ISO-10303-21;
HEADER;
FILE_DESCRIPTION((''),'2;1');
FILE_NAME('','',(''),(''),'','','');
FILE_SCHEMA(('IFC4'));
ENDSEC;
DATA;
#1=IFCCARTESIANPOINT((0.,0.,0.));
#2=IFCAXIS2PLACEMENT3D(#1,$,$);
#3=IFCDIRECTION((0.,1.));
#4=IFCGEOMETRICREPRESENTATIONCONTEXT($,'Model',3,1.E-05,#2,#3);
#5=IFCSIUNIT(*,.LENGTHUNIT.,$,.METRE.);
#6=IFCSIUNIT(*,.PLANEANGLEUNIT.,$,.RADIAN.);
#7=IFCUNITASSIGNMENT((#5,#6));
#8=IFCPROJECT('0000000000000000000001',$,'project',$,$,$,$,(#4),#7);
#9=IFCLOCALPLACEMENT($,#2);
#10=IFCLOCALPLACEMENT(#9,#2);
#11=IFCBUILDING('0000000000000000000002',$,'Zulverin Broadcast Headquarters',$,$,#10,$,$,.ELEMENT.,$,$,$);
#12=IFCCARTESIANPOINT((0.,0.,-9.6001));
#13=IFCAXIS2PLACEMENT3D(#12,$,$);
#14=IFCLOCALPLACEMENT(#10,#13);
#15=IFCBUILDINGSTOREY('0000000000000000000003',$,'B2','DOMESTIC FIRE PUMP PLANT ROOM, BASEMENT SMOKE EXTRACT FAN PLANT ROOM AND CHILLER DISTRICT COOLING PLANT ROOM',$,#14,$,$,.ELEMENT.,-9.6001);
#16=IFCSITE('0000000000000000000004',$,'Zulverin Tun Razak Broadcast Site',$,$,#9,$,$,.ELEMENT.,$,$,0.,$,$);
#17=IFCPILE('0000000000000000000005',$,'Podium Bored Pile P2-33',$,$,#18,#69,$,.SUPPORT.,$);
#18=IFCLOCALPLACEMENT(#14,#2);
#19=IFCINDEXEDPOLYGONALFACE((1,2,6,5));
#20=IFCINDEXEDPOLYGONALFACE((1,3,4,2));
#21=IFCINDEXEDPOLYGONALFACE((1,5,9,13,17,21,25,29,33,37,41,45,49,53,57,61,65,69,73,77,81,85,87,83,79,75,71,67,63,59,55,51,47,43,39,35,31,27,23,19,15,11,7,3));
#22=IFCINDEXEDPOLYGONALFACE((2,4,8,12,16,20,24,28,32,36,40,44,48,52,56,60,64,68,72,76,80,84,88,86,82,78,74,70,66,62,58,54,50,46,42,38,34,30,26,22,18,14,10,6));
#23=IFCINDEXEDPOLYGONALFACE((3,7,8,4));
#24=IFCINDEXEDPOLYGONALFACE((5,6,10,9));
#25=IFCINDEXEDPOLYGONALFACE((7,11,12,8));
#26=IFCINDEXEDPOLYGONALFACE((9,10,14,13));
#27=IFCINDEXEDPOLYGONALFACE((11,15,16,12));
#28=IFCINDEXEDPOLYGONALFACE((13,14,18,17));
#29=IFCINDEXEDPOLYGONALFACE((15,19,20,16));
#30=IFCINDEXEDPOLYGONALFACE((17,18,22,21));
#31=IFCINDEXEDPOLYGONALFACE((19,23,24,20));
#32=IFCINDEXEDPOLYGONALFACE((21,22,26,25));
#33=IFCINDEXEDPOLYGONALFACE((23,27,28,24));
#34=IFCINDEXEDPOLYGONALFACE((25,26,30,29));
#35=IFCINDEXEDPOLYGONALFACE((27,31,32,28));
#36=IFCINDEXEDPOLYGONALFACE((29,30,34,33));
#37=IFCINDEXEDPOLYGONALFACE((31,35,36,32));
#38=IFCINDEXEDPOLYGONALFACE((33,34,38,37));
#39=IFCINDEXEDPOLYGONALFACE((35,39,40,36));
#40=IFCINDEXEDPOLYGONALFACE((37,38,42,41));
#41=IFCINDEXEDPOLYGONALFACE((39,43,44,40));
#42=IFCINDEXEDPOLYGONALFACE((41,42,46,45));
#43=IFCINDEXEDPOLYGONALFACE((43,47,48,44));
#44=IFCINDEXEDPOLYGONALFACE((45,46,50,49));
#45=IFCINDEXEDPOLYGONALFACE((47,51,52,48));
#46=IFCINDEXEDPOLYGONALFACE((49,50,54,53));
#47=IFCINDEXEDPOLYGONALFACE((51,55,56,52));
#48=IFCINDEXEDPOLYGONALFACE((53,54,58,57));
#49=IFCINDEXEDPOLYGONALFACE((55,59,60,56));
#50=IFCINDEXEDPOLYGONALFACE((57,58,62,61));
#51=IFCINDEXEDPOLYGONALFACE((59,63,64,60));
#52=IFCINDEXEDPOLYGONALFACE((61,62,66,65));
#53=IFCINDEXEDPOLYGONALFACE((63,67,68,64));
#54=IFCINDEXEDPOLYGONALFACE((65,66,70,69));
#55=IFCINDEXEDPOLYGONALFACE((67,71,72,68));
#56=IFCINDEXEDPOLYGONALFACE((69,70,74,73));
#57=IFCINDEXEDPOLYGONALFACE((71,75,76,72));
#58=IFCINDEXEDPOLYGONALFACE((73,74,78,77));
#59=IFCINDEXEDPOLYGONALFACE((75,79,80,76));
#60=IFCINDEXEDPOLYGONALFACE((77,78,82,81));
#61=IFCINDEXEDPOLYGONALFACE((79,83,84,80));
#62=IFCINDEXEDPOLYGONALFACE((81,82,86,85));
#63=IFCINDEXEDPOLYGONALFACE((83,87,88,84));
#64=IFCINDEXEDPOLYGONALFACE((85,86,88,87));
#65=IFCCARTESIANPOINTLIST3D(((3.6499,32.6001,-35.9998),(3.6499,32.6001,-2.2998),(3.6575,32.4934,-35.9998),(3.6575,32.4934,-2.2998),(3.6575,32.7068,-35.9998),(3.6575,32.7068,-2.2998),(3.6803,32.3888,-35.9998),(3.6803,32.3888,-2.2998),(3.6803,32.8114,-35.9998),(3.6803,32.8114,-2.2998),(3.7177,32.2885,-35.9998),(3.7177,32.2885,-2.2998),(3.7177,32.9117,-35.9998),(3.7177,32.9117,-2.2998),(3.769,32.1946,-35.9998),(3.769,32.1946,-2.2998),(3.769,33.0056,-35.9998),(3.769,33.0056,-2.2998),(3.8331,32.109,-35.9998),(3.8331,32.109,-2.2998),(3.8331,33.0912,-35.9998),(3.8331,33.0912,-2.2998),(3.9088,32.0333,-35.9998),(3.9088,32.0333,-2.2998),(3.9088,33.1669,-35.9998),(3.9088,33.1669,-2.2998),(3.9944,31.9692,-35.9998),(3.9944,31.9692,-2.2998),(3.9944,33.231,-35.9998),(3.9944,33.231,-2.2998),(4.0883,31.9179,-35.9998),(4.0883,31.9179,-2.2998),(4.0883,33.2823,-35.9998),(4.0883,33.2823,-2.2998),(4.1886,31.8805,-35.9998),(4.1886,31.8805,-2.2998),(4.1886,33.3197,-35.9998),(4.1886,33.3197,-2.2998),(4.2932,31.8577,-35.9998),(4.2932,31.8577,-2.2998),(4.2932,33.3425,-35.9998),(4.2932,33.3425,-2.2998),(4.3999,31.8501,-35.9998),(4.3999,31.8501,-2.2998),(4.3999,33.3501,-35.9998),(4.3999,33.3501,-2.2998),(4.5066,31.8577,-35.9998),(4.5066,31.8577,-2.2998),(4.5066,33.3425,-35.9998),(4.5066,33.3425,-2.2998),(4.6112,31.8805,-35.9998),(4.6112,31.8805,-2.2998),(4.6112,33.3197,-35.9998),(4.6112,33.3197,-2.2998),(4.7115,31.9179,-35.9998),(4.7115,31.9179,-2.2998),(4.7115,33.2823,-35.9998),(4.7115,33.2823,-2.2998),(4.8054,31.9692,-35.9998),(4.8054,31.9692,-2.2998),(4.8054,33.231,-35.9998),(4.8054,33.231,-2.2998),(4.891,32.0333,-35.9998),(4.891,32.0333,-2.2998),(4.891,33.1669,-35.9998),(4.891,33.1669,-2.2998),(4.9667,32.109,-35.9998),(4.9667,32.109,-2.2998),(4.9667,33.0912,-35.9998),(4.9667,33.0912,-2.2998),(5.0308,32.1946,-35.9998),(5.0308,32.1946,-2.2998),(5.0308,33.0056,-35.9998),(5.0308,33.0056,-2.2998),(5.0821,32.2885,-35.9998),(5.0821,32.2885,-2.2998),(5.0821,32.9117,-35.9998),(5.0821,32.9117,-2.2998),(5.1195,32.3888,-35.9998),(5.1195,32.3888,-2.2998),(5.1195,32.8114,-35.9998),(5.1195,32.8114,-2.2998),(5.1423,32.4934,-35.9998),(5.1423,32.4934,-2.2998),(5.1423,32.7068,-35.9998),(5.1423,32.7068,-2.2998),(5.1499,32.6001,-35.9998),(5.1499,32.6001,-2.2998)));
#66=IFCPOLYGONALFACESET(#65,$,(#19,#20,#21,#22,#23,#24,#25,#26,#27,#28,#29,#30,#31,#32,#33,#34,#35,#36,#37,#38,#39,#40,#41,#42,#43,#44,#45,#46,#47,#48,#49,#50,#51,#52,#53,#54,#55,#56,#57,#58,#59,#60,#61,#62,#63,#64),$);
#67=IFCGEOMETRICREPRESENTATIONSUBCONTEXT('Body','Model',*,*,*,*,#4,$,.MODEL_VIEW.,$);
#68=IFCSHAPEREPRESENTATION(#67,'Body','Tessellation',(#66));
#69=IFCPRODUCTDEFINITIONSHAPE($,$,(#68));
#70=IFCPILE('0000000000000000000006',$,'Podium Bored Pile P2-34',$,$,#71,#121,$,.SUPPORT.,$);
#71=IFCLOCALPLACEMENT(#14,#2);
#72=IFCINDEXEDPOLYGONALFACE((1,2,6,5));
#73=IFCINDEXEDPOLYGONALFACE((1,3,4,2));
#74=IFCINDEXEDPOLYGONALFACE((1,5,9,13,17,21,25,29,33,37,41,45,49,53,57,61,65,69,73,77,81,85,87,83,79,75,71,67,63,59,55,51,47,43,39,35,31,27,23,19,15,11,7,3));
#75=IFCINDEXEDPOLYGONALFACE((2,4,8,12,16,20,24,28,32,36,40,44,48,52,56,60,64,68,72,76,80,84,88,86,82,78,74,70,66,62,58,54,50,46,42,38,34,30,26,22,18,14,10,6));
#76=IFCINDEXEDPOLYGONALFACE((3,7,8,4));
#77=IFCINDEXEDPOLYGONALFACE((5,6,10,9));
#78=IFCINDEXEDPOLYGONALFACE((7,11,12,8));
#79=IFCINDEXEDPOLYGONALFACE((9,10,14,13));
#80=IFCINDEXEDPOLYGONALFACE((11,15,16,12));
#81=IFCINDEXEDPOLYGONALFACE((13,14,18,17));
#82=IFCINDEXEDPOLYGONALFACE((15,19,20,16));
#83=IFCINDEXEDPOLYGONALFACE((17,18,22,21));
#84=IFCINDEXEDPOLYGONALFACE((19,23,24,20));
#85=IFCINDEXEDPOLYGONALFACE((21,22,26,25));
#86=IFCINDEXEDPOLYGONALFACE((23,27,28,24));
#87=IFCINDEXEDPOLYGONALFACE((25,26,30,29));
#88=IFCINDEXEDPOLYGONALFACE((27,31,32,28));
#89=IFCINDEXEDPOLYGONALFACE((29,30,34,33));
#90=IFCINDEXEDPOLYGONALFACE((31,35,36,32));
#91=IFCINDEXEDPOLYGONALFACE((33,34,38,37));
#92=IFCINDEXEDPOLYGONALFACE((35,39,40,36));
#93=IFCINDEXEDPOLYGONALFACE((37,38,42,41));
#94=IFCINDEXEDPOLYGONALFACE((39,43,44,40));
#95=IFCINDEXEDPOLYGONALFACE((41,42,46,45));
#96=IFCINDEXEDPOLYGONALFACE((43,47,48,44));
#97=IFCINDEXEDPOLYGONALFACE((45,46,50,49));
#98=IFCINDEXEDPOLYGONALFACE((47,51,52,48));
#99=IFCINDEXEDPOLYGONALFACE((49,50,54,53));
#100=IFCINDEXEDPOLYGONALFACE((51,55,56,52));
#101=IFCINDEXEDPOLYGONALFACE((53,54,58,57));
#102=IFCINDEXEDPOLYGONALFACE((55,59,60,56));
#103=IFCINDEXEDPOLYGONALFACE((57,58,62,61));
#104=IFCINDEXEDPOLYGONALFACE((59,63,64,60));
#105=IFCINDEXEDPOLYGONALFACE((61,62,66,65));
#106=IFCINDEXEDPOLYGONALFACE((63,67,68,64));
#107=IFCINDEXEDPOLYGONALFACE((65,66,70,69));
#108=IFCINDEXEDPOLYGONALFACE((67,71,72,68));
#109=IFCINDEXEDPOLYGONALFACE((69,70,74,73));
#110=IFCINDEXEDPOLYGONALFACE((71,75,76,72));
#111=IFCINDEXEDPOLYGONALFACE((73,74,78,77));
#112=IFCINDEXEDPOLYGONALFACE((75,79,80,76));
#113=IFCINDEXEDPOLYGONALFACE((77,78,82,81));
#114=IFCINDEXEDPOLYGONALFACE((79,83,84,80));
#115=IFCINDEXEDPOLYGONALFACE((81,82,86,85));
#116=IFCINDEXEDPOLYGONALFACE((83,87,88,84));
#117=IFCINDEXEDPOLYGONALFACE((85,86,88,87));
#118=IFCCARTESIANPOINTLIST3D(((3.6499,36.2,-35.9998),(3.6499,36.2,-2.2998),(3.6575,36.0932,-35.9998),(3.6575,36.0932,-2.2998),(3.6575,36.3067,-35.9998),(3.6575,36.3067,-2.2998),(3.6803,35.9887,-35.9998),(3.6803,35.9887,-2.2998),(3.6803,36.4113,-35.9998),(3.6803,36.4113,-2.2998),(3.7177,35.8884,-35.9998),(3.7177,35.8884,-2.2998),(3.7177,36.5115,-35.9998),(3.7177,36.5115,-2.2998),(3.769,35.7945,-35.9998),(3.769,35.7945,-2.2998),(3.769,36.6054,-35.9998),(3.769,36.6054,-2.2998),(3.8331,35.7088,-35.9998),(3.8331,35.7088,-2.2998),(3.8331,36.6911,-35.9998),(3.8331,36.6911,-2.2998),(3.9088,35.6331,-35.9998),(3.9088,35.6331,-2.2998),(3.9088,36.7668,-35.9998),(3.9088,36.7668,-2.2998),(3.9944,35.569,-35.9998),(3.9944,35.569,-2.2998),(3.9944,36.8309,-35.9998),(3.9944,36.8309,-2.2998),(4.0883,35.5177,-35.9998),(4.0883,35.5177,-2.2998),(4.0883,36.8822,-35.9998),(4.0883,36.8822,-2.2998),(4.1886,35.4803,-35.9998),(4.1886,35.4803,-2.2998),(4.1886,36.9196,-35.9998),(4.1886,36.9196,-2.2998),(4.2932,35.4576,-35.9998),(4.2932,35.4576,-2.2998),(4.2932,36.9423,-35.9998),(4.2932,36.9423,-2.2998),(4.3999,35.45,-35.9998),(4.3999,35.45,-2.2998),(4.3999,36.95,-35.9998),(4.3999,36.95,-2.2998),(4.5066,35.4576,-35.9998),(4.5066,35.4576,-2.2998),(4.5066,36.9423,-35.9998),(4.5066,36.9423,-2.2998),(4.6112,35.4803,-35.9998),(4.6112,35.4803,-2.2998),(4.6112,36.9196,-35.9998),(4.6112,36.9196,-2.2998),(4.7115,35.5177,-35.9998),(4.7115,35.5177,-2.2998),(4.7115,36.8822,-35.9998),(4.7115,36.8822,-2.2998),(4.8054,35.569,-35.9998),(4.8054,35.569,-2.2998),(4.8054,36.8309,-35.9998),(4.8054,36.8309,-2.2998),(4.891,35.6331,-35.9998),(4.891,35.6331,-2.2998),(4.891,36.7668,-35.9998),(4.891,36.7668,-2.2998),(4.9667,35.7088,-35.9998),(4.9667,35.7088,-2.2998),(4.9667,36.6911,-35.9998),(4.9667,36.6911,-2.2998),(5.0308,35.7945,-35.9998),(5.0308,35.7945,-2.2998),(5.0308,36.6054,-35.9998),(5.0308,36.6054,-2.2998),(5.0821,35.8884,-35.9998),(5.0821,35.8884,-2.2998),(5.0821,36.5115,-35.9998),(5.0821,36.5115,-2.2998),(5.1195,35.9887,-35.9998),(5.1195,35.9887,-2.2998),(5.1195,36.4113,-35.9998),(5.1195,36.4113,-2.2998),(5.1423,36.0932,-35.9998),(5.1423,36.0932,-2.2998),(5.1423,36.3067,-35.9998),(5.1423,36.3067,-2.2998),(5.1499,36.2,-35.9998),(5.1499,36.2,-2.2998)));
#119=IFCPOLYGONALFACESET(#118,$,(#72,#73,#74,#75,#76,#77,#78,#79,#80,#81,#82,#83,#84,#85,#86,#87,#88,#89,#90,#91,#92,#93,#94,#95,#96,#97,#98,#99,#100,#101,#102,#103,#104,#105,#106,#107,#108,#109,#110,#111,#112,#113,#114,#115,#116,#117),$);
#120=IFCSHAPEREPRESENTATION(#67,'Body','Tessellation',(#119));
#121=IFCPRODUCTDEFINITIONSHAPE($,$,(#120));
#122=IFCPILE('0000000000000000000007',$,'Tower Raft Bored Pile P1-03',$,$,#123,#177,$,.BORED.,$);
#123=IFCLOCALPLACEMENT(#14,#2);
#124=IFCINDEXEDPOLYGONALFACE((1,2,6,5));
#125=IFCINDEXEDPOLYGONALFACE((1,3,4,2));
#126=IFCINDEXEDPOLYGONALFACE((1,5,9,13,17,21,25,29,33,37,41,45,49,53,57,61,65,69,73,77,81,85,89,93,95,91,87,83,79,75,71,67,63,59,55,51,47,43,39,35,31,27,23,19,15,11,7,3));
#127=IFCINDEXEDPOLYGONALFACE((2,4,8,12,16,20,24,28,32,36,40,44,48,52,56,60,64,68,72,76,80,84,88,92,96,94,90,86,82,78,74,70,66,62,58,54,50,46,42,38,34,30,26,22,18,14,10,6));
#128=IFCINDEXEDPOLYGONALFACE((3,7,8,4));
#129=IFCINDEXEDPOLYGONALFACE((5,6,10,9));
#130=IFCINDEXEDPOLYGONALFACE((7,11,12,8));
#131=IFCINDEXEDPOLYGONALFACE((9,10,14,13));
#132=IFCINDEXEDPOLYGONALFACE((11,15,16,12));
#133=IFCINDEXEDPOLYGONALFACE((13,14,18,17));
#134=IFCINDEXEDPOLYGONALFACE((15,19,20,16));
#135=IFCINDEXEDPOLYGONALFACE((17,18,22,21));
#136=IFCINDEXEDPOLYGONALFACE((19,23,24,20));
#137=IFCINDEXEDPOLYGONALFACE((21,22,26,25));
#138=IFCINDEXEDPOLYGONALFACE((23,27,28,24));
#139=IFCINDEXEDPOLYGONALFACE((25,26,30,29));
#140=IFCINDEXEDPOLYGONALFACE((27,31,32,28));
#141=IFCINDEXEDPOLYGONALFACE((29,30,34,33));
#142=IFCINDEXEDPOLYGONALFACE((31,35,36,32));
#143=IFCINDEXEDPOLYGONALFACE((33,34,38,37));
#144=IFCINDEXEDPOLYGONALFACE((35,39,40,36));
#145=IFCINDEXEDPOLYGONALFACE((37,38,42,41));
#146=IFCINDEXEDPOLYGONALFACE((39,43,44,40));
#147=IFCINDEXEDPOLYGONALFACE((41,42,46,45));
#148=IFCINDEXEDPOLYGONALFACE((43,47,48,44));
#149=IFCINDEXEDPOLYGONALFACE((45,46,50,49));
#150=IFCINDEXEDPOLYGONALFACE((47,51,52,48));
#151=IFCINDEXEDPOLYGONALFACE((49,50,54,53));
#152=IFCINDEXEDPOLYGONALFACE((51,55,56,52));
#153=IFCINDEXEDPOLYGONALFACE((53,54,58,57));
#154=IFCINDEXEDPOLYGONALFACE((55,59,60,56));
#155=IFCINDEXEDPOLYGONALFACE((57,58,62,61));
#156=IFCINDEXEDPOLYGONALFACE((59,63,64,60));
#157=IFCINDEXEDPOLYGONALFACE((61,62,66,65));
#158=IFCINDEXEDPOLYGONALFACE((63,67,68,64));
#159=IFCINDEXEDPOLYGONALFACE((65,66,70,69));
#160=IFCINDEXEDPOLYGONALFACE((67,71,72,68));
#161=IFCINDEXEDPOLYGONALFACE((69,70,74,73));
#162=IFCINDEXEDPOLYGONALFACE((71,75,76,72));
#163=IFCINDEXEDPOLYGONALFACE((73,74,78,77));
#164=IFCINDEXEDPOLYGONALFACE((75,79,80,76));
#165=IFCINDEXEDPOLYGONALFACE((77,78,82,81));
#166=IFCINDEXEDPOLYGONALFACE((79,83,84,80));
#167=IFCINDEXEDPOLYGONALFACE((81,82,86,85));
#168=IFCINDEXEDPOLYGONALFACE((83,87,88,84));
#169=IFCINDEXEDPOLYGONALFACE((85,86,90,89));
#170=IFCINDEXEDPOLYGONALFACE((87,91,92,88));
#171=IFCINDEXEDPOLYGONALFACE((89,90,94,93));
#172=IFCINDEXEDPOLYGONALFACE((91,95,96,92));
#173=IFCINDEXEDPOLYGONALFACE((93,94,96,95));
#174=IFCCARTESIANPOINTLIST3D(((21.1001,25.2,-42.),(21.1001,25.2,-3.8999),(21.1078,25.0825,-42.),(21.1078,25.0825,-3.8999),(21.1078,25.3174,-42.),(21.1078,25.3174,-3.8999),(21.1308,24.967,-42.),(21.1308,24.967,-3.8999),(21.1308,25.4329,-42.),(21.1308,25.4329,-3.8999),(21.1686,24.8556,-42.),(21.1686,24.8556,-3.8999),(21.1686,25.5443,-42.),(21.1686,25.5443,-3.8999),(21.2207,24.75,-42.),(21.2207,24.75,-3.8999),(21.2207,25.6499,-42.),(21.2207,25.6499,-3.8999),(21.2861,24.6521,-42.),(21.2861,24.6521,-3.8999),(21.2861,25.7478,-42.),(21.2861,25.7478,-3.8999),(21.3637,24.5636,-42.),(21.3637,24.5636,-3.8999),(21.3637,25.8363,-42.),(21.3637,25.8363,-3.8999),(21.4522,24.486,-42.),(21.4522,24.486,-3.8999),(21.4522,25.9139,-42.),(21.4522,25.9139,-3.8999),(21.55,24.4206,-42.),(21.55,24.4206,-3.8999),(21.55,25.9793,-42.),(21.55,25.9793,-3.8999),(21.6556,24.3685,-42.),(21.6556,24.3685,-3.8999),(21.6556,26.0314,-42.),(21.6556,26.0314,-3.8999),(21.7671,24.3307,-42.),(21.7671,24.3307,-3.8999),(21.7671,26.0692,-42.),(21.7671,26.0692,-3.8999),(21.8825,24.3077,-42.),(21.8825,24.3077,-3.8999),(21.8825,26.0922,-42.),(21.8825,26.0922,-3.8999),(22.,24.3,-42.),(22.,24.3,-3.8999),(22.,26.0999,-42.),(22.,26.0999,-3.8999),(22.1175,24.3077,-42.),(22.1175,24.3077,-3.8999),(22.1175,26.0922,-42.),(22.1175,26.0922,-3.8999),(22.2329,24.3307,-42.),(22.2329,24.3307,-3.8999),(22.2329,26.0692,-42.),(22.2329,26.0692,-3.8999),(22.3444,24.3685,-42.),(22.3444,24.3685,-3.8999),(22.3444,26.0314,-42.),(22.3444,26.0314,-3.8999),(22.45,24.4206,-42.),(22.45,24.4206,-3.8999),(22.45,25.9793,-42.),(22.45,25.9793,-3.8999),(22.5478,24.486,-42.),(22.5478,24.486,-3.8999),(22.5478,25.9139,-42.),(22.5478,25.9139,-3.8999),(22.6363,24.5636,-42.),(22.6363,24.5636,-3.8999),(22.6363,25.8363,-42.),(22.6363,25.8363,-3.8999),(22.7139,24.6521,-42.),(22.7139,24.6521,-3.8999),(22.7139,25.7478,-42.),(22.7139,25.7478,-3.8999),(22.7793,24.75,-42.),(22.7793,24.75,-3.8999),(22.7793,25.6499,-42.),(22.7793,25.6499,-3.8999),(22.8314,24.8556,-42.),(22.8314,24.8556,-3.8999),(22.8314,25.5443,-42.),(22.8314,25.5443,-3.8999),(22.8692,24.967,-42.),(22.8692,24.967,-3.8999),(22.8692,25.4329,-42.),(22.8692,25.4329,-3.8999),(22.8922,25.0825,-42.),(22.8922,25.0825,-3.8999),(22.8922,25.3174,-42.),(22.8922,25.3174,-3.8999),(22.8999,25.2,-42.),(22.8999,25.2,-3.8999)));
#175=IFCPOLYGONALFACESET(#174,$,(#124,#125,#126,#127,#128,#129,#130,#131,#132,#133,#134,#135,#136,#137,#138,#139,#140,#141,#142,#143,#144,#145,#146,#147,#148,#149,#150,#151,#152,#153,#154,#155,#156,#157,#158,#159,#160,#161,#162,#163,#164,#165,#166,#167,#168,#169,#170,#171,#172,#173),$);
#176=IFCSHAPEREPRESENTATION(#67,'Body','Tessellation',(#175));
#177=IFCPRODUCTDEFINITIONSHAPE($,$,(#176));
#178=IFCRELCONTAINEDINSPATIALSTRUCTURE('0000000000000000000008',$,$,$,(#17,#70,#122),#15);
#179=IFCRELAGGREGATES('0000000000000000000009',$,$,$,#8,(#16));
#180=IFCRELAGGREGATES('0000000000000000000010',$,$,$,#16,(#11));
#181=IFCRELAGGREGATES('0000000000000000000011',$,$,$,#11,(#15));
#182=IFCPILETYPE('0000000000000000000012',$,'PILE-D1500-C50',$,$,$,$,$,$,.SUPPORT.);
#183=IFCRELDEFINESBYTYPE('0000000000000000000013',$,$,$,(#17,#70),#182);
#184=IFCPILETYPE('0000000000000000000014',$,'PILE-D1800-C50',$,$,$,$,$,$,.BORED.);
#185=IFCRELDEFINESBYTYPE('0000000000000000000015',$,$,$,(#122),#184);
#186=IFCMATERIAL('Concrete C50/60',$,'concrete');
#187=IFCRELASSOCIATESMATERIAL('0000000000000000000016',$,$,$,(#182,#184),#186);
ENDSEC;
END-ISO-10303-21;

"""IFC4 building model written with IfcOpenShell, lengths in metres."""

from ifc_helpers import new_model, si_unit, direction, frame, origin, origin_2d, place, context, subcontext, project, spatial, circle, extrude, material, material_profile, profile_set, type_object, element, save


model = new_model("IFC4")

# Units and contexts
model_context = context("Model", 3, precision=1e-05, world=origin(), true_north=direction((0.0, 1.0)))
body_context = subcontext(model_context, "Body", "Model", "MODEL_VIEW")
ifc_project = project(units=[si_unit("LENGTHUNIT", "METRE"), si_unit("PLANEANGLEUNIT", "RADIAN")], contexts=[model_context])

# Site, building, storey
site_placement = place(None, origin())
site = spatial("IfcSite", under=ifc_project, at=site_placement, Name="Zulverin Tun Razak Broadcast Site", CompositionType="ELEMENT", RefElevation=0.0)
building_placement = place(site_placement, origin())
building = spatial("IfcBuilding", under=site, at=building_placement, Name="Zulverin Broadcast Headquarters", CompositionType="ELEMENT")
storey_placement = place(building_placement, frame((0.0, 0.0, -9.6001)))
storey = spatial("IfcBuildingStorey", under=building, at=storey_placement, Name="B2", Description="DOMESTIC FIRE PUMP PLANT ROOM, BASEMENT SMOKE EXTRACT FAN PLANT ROOM AND CHILLER DISTRICT COOLING PLANT ROOM", CompositionType="ELEMENT", Elevation=-9.6001)

# Shared definitions
ifc_material_1 = material(Name="Concrete C50/60", Category="concrete")

# Piles
ifc_material_profile_1 = material_profile(ifc_material_1, circle(Radius=0.75, at=origin_2d()), Name="Concrete C50/60", Category="concrete")
ifc_profile_set_1 = profile_set([ifc_material_profile_1], Name="Concrete C50/60")
pile_type_1 = type_object("IfcPileType", Name="PILE-D1500-C50", PredefinedType="SUPPORT", material=ifc_profile_set_1)
for number, where, z_axis, x_axis, name in (
    (1, (4.3999, 32.6001, -2.2998), (0.0, 0.0, -1.0), (1.0, 0.0, 0.0), "Podium Bored Pile P2-33"),
    (2, (4.3999, 36.2, -2.2998), (0.0, 0.0, -1.0), (1.0, 0.0, 0.0), "Podium Bored Pile P2-34"),
):
    element("IfcPile", number, at=place(storey_placement, frame(where, z_axis=z_axis, x_axis=x_axis)), inside=storey, type_object=pile_type_1, Name=name, PredefinedType="SUPPORT", context=body_context, shape_type="SweptSolid", body=[
        extrude(circle(Radius=0.75, at=origin_2d()), origin(), (0.0, 0.0, 1.0), 33.7),
    ])
ifc_material_profile_2 = material_profile(ifc_material_1, circle(Radius=0.8999, at=origin_2d()), Name="Concrete C50/60", Category="concrete")
ifc_profile_set_2 = profile_set([ifc_material_profile_2], Name="Concrete C50/60")
pile_type_2 = type_object("IfcPileType", Name="PILE-D1800-C50", PredefinedType="BORED", material=ifc_profile_set_2)
for number, where, z_axis, x_axis, name in (
    (3, (22.0, 25.2, -3.8999), (0.0, 0.0, -1.0), (1.0, 0.0, 0.0), "Tower Raft Bored Pile P1-03"),
):
    element("IfcPile", number, at=place(storey_placement, frame(where, z_axis=z_axis, x_axis=x_axis)), inside=storey, type_object=pile_type_2, Name=name, PredefinedType="BORED", context=body_context, shape_type="SweptSolid", body=[
        extrude(circle(Radius=0.8999, at=origin_2d()), origin(), (0.0, 0.0, 1.0), 38.1001),
    ])

save(model, "model.ifc")
